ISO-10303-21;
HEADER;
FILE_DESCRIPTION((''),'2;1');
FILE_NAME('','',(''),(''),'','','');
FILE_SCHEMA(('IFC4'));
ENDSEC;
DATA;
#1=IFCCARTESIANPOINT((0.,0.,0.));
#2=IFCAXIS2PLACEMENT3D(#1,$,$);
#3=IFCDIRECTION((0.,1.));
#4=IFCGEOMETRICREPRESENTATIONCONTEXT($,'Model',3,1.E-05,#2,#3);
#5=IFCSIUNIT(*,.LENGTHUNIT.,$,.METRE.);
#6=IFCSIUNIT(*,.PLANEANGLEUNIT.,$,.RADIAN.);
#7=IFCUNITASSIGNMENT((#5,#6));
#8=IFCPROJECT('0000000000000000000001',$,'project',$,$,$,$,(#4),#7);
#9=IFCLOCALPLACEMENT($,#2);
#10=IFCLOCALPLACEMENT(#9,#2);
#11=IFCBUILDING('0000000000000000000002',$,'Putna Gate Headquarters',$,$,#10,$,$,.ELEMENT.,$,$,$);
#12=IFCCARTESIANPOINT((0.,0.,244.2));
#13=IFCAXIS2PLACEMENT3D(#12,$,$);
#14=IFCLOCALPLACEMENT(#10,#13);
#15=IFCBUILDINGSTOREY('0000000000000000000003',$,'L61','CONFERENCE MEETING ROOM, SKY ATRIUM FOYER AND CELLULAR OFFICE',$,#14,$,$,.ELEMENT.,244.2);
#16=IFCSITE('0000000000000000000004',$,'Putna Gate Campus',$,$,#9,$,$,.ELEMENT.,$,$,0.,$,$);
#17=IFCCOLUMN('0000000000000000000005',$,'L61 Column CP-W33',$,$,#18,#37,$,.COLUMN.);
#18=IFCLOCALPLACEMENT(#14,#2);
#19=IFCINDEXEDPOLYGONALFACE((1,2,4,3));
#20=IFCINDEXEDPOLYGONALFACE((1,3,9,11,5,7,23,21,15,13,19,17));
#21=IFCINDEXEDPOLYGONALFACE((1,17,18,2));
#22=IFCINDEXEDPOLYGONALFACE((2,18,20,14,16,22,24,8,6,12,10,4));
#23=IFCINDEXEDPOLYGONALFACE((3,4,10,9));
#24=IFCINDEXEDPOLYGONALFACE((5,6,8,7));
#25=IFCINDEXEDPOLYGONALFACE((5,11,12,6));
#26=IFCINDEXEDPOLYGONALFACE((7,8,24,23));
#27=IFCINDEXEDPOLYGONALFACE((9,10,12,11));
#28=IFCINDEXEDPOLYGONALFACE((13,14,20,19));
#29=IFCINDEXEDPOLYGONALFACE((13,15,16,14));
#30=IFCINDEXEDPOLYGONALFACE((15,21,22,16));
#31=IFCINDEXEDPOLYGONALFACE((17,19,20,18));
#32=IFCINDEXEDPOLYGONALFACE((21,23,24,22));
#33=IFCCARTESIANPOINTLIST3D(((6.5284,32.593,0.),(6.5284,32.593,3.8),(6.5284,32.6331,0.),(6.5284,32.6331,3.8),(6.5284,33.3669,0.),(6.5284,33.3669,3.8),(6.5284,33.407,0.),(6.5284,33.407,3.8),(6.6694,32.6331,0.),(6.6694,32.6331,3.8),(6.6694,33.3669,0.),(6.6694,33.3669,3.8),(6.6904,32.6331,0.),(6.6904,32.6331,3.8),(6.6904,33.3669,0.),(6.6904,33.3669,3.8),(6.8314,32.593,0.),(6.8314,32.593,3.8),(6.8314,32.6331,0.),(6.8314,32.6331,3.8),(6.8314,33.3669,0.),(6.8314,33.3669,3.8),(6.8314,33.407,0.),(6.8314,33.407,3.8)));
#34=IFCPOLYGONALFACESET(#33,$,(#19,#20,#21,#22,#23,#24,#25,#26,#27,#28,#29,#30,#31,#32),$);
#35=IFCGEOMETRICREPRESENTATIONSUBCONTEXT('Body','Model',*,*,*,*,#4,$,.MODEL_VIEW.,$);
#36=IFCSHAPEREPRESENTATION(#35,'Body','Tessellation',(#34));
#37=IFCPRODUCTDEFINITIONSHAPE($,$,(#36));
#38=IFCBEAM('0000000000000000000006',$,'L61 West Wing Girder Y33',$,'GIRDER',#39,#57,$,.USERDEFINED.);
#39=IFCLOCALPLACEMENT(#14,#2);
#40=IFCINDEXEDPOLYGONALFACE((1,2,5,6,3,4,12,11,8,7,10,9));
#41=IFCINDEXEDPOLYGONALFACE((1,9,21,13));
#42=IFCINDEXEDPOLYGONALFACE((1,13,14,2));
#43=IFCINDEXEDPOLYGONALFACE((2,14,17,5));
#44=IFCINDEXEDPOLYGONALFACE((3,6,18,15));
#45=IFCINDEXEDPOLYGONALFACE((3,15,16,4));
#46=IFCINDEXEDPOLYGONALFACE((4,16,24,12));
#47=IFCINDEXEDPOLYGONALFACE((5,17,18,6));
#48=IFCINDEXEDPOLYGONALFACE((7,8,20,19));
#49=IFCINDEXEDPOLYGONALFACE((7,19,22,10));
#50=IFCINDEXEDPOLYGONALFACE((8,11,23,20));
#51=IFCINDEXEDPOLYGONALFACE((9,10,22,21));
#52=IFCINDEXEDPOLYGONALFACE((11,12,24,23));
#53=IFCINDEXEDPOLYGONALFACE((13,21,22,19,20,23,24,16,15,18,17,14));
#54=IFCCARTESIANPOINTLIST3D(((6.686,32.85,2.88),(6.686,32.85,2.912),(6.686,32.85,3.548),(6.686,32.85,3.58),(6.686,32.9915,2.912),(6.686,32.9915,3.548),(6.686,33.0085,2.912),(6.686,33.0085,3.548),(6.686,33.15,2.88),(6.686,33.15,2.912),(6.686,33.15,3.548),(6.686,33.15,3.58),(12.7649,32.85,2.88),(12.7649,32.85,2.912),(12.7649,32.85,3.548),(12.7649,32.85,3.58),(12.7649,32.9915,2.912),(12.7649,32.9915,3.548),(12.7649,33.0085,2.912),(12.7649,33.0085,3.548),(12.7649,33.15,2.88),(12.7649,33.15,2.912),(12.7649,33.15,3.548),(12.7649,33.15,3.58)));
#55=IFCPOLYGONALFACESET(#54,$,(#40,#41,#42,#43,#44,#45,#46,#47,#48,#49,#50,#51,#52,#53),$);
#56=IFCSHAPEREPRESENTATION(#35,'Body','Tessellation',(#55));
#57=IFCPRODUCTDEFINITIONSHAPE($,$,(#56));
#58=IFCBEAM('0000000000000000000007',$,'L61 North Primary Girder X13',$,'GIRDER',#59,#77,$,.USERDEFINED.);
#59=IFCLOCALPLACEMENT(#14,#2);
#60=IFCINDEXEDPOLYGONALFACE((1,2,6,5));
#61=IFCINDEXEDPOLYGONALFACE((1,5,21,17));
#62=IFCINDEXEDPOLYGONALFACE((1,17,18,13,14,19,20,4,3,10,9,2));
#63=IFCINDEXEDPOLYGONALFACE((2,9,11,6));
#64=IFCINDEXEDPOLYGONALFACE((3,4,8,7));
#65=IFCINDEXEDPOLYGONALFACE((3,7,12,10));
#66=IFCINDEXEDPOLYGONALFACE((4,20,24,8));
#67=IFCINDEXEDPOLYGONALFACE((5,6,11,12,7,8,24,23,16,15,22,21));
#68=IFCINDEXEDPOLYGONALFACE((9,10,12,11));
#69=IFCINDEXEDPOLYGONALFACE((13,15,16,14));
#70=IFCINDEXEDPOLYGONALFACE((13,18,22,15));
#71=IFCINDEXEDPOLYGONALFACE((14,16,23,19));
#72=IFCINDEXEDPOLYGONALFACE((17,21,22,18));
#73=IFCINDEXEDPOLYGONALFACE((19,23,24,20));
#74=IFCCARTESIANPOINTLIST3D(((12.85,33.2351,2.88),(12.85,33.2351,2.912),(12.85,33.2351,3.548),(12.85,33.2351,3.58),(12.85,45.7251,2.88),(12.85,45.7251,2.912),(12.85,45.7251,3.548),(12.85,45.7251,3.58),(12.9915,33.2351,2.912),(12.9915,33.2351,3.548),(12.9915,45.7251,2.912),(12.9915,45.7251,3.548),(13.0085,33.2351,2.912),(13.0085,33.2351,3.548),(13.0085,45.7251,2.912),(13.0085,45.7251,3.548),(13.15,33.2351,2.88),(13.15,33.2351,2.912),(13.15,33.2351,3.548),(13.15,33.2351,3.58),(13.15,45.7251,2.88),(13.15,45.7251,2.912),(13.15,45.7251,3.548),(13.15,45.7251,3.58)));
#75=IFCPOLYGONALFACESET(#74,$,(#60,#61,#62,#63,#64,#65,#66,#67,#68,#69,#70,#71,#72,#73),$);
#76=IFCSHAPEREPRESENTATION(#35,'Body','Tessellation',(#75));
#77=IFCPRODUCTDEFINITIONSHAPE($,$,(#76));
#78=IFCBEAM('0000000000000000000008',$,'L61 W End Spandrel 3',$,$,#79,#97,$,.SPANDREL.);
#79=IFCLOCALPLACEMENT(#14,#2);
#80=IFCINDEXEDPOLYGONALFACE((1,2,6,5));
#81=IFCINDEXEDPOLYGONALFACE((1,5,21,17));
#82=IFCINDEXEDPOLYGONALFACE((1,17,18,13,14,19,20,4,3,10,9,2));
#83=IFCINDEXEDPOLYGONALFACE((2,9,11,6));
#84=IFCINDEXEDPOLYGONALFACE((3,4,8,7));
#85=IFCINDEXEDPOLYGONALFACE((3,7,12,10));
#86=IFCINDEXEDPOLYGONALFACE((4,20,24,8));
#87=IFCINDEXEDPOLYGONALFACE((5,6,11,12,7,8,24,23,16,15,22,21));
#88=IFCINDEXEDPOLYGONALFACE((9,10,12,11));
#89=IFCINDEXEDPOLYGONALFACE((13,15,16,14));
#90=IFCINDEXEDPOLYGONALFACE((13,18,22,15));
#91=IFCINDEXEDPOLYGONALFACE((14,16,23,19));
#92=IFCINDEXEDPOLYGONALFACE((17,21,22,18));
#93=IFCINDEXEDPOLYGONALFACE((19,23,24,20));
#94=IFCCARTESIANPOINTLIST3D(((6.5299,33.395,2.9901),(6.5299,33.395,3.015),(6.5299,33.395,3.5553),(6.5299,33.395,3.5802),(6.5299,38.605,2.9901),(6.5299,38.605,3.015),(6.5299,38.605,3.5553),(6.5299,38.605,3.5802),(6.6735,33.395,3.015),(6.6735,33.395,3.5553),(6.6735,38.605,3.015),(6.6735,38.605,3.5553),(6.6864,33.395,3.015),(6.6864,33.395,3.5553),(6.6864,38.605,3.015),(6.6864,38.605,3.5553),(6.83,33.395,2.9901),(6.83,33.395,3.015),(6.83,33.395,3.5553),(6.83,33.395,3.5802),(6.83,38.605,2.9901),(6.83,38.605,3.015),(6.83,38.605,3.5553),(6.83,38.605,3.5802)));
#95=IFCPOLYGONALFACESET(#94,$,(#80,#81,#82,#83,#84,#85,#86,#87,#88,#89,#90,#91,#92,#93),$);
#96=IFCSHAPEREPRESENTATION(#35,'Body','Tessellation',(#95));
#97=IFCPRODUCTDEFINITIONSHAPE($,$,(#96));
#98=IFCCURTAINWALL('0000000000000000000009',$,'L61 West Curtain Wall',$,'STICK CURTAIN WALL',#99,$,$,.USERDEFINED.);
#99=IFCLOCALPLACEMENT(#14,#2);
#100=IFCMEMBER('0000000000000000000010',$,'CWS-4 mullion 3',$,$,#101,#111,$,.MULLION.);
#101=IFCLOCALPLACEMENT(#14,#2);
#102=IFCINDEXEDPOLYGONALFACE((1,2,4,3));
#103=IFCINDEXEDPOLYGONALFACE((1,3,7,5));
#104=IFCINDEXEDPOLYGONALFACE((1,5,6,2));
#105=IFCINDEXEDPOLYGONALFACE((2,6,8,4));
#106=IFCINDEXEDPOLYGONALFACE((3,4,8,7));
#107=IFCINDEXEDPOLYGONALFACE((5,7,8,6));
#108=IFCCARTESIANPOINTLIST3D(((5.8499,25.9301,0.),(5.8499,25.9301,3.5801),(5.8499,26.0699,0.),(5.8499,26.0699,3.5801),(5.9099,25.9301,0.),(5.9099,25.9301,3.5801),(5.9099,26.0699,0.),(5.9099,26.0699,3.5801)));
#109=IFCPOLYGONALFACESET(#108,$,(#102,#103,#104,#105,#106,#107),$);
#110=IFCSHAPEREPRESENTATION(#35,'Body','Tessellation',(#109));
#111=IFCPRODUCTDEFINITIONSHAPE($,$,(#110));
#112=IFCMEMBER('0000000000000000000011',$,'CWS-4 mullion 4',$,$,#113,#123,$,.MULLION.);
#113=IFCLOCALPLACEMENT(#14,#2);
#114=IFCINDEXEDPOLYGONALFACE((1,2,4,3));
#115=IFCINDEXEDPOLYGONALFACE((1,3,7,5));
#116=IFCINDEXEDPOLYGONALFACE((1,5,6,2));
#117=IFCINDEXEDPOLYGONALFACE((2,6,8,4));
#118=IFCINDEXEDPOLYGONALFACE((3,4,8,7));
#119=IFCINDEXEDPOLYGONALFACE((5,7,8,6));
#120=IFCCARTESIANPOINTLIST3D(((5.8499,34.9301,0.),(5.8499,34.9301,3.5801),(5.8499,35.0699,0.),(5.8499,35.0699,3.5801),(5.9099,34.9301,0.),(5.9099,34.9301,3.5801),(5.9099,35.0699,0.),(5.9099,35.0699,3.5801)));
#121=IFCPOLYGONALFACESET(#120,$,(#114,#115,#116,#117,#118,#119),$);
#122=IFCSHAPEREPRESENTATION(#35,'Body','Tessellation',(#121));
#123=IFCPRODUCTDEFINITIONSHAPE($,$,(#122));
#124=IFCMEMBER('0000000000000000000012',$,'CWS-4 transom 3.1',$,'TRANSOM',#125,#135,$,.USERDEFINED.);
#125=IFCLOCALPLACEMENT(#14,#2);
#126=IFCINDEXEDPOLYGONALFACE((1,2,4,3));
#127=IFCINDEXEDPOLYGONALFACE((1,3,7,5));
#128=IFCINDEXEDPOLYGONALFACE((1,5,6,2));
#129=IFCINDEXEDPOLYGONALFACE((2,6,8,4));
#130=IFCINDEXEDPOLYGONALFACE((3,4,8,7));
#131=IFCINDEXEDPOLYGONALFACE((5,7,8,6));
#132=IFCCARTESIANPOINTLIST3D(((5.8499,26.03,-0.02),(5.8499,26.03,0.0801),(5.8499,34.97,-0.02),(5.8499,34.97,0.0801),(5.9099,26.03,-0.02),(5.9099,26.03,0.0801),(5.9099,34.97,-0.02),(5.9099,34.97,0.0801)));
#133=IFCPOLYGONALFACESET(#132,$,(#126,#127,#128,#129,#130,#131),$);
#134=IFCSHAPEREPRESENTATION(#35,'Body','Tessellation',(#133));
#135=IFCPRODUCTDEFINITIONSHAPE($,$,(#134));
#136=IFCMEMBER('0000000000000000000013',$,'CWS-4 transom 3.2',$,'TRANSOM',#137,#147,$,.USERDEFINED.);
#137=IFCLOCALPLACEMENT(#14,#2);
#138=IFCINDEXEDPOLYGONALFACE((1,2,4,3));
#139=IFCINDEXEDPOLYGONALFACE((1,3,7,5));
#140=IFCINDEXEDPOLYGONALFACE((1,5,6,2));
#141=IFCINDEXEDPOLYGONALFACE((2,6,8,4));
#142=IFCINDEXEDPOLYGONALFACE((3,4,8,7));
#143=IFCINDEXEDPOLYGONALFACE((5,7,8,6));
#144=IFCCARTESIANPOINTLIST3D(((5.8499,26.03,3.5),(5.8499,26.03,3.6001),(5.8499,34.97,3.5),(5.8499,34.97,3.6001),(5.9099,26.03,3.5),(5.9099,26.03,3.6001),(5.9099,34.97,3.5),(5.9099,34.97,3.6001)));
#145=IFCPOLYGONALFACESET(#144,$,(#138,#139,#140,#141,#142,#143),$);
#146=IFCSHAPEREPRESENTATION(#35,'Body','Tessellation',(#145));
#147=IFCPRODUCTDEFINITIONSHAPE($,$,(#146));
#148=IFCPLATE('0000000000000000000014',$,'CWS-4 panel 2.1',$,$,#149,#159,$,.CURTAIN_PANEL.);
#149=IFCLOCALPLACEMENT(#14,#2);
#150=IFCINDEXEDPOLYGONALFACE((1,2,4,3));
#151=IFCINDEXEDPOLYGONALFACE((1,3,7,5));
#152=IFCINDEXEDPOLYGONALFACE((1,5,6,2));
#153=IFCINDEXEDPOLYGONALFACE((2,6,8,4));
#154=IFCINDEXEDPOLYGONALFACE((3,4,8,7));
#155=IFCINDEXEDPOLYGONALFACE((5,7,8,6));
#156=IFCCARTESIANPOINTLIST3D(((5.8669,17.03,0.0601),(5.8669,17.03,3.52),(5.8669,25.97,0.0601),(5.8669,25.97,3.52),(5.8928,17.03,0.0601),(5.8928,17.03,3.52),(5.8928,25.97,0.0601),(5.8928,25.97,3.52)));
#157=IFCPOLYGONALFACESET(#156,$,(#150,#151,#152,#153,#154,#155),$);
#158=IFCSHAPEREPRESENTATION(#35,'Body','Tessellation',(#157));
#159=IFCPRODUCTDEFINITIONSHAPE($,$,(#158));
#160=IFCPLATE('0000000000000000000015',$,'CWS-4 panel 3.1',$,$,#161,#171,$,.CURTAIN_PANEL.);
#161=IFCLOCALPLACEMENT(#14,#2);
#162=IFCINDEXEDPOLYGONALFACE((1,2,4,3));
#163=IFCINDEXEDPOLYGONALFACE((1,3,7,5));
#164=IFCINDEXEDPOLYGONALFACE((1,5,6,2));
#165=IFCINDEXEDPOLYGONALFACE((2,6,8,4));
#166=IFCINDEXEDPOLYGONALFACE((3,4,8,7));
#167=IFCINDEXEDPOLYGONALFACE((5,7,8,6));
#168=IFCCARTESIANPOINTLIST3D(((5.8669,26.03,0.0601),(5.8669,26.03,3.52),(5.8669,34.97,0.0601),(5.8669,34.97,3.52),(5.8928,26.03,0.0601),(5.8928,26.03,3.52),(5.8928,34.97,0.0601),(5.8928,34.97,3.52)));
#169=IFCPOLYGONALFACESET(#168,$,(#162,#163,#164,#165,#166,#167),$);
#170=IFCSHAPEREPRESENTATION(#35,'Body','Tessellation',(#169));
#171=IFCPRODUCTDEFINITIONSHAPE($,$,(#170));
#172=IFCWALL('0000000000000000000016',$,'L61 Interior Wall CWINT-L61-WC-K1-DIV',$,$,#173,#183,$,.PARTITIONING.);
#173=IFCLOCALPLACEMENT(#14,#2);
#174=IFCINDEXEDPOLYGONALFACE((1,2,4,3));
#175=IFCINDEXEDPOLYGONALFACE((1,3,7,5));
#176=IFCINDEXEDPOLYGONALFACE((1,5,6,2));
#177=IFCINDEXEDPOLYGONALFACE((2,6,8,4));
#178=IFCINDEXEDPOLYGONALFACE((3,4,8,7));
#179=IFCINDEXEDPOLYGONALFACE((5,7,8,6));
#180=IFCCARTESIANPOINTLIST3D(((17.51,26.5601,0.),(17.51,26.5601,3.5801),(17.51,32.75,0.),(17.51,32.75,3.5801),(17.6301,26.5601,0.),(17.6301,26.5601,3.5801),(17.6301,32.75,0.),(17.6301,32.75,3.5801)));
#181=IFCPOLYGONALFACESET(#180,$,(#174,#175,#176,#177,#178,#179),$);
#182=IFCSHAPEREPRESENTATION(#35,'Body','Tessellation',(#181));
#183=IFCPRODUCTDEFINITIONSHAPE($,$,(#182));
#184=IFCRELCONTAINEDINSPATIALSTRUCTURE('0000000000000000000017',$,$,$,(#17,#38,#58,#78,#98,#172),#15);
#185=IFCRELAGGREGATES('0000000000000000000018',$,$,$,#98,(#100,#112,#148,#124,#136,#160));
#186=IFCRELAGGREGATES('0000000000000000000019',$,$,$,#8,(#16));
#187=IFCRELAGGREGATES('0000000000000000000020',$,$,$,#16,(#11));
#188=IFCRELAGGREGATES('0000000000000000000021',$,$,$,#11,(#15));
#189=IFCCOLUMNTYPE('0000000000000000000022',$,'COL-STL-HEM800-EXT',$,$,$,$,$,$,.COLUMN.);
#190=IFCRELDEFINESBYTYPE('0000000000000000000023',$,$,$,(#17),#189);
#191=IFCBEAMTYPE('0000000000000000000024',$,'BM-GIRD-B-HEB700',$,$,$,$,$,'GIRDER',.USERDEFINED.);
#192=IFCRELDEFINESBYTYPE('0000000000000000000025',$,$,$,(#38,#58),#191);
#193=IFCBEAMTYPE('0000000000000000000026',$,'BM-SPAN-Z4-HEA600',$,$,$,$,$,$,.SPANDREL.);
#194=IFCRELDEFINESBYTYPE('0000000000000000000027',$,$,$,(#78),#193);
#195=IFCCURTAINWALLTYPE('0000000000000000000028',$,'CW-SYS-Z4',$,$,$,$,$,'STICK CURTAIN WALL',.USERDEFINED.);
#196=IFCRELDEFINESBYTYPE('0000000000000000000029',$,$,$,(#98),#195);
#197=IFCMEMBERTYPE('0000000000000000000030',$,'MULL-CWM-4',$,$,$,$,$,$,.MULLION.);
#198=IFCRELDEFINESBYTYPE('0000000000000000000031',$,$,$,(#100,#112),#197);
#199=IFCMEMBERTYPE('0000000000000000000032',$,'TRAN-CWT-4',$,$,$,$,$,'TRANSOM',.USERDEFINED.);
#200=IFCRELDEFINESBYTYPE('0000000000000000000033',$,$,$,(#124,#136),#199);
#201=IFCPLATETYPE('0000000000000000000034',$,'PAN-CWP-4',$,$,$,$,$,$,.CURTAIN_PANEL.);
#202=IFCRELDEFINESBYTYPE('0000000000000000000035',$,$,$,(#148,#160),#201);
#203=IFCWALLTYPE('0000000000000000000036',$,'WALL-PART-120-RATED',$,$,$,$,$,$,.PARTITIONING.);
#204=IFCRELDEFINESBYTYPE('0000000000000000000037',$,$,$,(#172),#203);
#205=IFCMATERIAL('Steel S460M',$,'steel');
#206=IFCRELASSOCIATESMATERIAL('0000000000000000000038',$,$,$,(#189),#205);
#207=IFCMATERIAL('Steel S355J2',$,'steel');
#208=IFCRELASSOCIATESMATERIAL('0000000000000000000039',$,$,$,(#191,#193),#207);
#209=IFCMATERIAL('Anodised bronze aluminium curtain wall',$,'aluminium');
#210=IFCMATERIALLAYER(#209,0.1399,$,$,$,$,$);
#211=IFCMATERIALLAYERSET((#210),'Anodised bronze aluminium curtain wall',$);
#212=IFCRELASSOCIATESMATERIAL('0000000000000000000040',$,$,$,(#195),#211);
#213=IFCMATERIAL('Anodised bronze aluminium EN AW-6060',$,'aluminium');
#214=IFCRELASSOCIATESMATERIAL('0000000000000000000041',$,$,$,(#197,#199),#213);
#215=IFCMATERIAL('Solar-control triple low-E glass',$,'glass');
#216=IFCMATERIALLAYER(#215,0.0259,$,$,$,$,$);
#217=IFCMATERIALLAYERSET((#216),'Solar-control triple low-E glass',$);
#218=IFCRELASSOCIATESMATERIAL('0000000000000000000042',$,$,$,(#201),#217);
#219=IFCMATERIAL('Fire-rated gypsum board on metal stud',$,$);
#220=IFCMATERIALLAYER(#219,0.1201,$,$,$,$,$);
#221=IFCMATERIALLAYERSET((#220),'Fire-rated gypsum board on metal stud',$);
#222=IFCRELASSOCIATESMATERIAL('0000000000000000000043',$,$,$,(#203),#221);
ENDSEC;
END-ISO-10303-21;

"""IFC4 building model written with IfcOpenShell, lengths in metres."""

from ifc_helpers import new_model, si_unit, direction, frame, frame_2d, origin, origin_2d, place, context, subcontext, project, spatial, rectangle, i_section, extrude, material, layer, layer_set, material_profile, profile_set, type_object, element, aggregate, save


model = new_model("IFC4")

# Units and contexts
model_context = context("Model", 3, precision=1e-05, world=origin(), true_north=direction((0.0, 1.0)))
body_context = subcontext(model_context, "Body", "Model", "MODEL_VIEW")
ifc_project = project(units=[si_unit("LENGTHUNIT", "METRE"), si_unit("PLANEANGLEUNIT", "RADIAN")], contexts=[model_context])

# Site, building, storey
site_placement = place(None, origin())
site = spatial("IfcSite", under=ifc_project, at=site_placement, Name="Putna Gate Campus", CompositionType="ELEMENT", RefElevation=0.0)
building_placement = place(site_placement, origin())
building = spatial("IfcBuilding", under=site, at=building_placement, Name="Putna Gate Headquarters", CompositionType="ELEMENT")
storey_placement = place(building_placement, frame((0.0, 0.0, 244.2)))
storey = spatial("IfcBuildingStorey", under=building, at=storey_placement, Name="L61", Description="CONFERENCE MEETING ROOM, SKY ATRIUM FOYER AND CELLULAR OFFICE", CompositionType="ELEMENT", Elevation=244.2)

# Column
ifc_material_1 = material(Name="Steel S460M", Category="steel")
ifc_material_profile_1 = material_profile(ifc_material_1, i_section(OverallWidth=0.303, OverallDepth=0.814, WebThickness=0.021, FlangeThickness=0.04, at=origin_2d()), Name="Steel S460M")
ifc_profile_set_1 = profile_set([ifc_material_profile_1], Name="Steel S460M")
column_type = type_object("IfcColumnType", Name="COL-STL-HEM800-EXT", PredefinedType="COLUMN", material=ifc_profile_set_1)
column_placement = place(storey_placement, frame((6.6799, 33.0, 0.0), z_axis=(0.0, 0.0, 1.0), x_axis=(1.0, 0.0, 0.0)))
element("IfcColumn", 1, at=column_placement, inside=storey, type_object=column_type, Name="L61 Column CP-W33", PredefinedType="COLUMN", context=body_context, shape_type="SweptSolid", body=[
    extrude(i_section(OverallWidth=0.303, OverallDepth=0.814, WebThickness=0.021, FlangeThickness=0.04, at=origin_2d()), origin(), (0.0, 0.0, 1.0), 3.8),
])

# Beams
ifc_material_2 = material(Name="Steel S355J2", Category="steel")
ifc_material_profile_2 = material_profile(ifc_material_2, i_section(OverallWidth=0.3, OverallDepth=0.7, WebThickness=0.0171, FlangeThickness=0.032, at=origin_2d()), Name="Steel S355J2")
ifc_profile_set_2 = profile_set([ifc_material_profile_2], Name="Steel S355J2")
beam_type_1 = type_object("IfcBeamType", Name="BM-GIRD-B-HEB700", ElementType="GIRDER", PredefinedType="USERDEFINED", material=ifc_profile_set_2)
beam_1_placement = place(storey_placement, frame((6.686, 33.0, 3.23), z_axis=(1.0, 0.0, 0.0), x_axis=(0.0, 1.0, 0.0)))
element("IfcBeam", 2, at=beam_1_placement, inside=storey, type_object=beam_type_1, Name="L61 West Wing Girder Y33", ObjectType="GIRDER", PredefinedType="USERDEFINED", context=body_context, shape_type="SweptSolid", body=[
    extrude(i_section(OverallWidth=0.3, OverallDepth=0.7, WebThickness=0.0171, FlangeThickness=0.032, at=origin_2d()), origin(), (0.0, 0.0, 1.0), 6.0789),
])
beam_2_placement = place(storey_placement, frame((13.0, 33.2351, 3.23), z_axis=(0.0, 1.0, 0.0), x_axis=(-1.0, 0.0, 0.0)))
element("IfcBeam", 3, at=beam_2_placement, inside=storey, type_object=beam_type_1, Name="L61 North Primary Girder X13", ObjectType="GIRDER", PredefinedType="USERDEFINED", context=body_context, shape_type="SweptSolid", body=[
    extrude(i_section(OverallWidth=0.3, OverallDepth=0.7, WebThickness=0.0171, FlangeThickness=0.032, at=origin_2d()), origin(), (0.0, 0.0, 1.0), 12.49),
])
ifc_material_profile_3 = material_profile(ifc_material_2, i_section(OverallWidth=0.3, OverallDepth=0.5901, WebThickness=0.0129, FlangeThickness=0.0249, at=origin_2d()), Name="Steel S355J2")
ifc_profile_set_3 = profile_set([ifc_material_profile_3], Name="Steel S355J2")
beam_type_2 = type_object("IfcBeamType", Name="BM-SPAN-Z4-HEA600", PredefinedType="SPANDREL", material=ifc_profile_set_3)
beam_3_placement = place(storey_placement, frame((6.6799, 33.395, 3.2852), z_axis=(0.0, 1.0, 0.0), x_axis=(-1.0, 0.0, 0.0)))
element("IfcBeam", 4, at=beam_3_placement, inside=storey, type_object=beam_type_2, Name="L61 W End Spandrel 3", PredefinedType="SPANDREL", context=body_context, shape_type="SweptSolid", body=[
    extrude(i_section(OverallWidth=0.3, OverallDepth=0.5901, WebThickness=0.0129, FlangeThickness=0.0249, at=origin_2d()), origin(), (0.0, 0.0, 1.0), 5.21),
])

# Curtain wall, members, plates
ifc_material_3 = material(Name="Anodised bronze aluminium curtain wall", Category="aluminium")
ifc_layer_1 = layer(ifc_material_3, 0.1399)
ifc_layer_set_1 = layer_set([ifc_layer_1], Name="Anodised bronze aluminium curtain wall")
curtain_wall_type = type_object("IfcCurtainWallType", Name="CW-SYS-Z4", ElementType="STICK CURTAIN WALL", PredefinedType="USERDEFINED", material=ifc_layer_set_1)
curtain_wall_placement = place(storey_placement, origin())
curtain_wall = element("IfcCurtainWall", 5, at=curtain_wall_placement, inside=storey, type_object=curtain_wall_type, Name="L61 West Curtain Wall", ObjectType="STICK CURTAIN WALL", PredefinedType="USERDEFINED")
ifc_material_4 = material(Name="Anodised bronze aluminium EN AW-6060", Category="aluminium")
ifc_material_profile_4 = material_profile(ifc_material_4, rectangle(XDim=0.0601, YDim=0.1399, at=origin_2d()), Name="Anodised bronze aluminium EN AW-6060")
ifc_profile_set_4 = profile_set([ifc_material_profile_4], Name="Anodised bronze aluminium EN AW-6060")
member_type_1 = type_object("IfcMemberType", Name="MULL-CWM-4", PredefinedType="MULLION", material=ifc_profile_set_4)
member_1_placement = place(storey_placement, frame((5.8799, 26.0, 0.0), z_axis=(0.0, 0.0, 1.0), x_axis=(-1.0, 0.0, 0.0)))
member_1 = element("IfcMember", 6, at=member_1_placement, type_object=member_type_1, Name="CWS-4 mullion 3", PredefinedType="MULLION", context=body_context, shape_type="SweptSolid", body=[
    extrude(rectangle(XDim=0.0601, YDim=0.1399, at=origin_2d()), origin(), (0.0, 0.0, 1.0), 3.5801),
])
member_2_placement = place(storey_placement, frame((5.8799, 35.0, 0.0), z_axis=(0.0, 0.0, 1.0), x_axis=(-1.0, 0.0, 0.0)))
member_2 = element("IfcMember", 7, at=member_2_placement, type_object=member_type_1, Name="CWS-4 mullion 4", PredefinedType="MULLION", context=body_context, shape_type="SweptSolid", body=[
    extrude(rectangle(XDim=0.0601, YDim=0.1399, at=origin_2d()), origin(), (0.0, 0.0, 1.0), 3.5801),
])
ifc_material_profile_5 = material_profile(ifc_material_4, rectangle(XDim=0.0601, YDim=0.1001, at=origin_2d()), Name="Anodised bronze aluminium EN AW-6060")
ifc_profile_set_5 = profile_set([ifc_material_profile_5], Name="Anodised bronze aluminium EN AW-6060")
member_type_2 = type_object("IfcMemberType", Name="TRAN-CWT-4", ElementType="TRANSOM", PredefinedType="USERDEFINED", material=ifc_profile_set_5)
member_3_placement = place(storey_placement, frame((5.8799, 26.03, 0.03), z_axis=(0.0, 1.0, 0.0), x_axis=(-1.0, 0.0, 0.0)))
member_3 = element("IfcMember", 8, at=member_3_placement, type_object=member_type_2, Name="CWS-4 transom 3.1", ObjectType="TRANSOM", PredefinedType="USERDEFINED", context=body_context, shape_type="SweptSolid", body=[
    extrude(rectangle(XDim=0.0601, YDim=0.1001, at=origin_2d()), origin(), (0.0, 0.0, 1.0), 8.9399),
])
member_4_placement = place(storey_placement, frame((5.8799, 26.03, 3.55), z_axis=(0.0, 1.0, 0.0), x_axis=(-1.0, 0.0, 0.0)))
member_4 = element("IfcMember", 9, at=member_4_placement, type_object=member_type_2, Name="CWS-4 transom 3.2", ObjectType="TRANSOM", PredefinedType="USERDEFINED", context=body_context, shape_type="SweptSolid", body=[
    extrude(rectangle(XDim=0.0601, YDim=0.1001, at=origin_2d()), origin(), (0.0, 0.0, 1.0), 8.9399),
])
ifc_material_5 = material(Name="Solar-control triple low-E glass", Category="glass")
ifc_layer_2 = layer(ifc_material_5, 0.0259)
ifc_layer_set_2 = layer_set([ifc_layer_2], Name="Solar-control triple low-E glass")
plate_type = type_object("IfcPlateType", Name="PAN-CWP-4", PredefinedType="CURTAIN_PANEL", material=ifc_layer_set_2)
plate_1_placement = place(storey_placement, frame((5.8799, 21.5, 0.0601), z_axis=(0.0, 0.0, 1.0), x_axis=(0.0, 1.0, 0.0)))
plate_1 = element("IfcPlate", 10, at=plate_1_placement, type_object=plate_type, Name="CWS-4 panel 2.1", PredefinedType="CURTAIN_PANEL", context=body_context, shape_type="SweptSolid", body=[
    extrude(rectangle(XDim=8.9399, YDim=0.0259, at=origin_2d()), origin(), (0.0, 0.0, 1.0), 3.46),
])
plate_2_placement = place(storey_placement, frame((5.8799, 30.5, 0.0601), z_axis=(0.0, 0.0, 1.0), x_axis=(0.0, 1.0, 0.0)))
plate_2 = element("IfcPlate", 11, at=plate_2_placement, type_object=plate_type, Name="CWS-4 panel 3.1", PredefinedType="CURTAIN_PANEL", context=body_context, shape_type="SweptSolid", body=[
    extrude(rectangle(XDim=8.9399, YDim=0.0259, at=origin_2d()), origin(), (0.0, 0.0, 1.0), 3.46),
])
aggregate(curtain_wall, [member_1, member_2, plate_1, member_3, member_4, plate_2])

# Wall
ifc_material_6 = material(Name="Fire-rated gypsum board on metal stud")
ifc_layer_3 = layer(ifc_material_6, 0.1201)
ifc_layer_set_3 = layer_set([ifc_layer_3], Name="Fire-rated gypsum board on metal stud")
wall_type_1 = type_object("IfcWallType", Name="WALL-PART-120-RATED", PredefinedType="PARTITIONING", material=ifc_layer_set_3)
wall_1_placement = place(storey_placement, frame((17.5701, 26.5601, 0.0), z_axis=(0.0, 0.0, 1.0), x_axis=(0.0, 1.0, 0.0)))
element("IfcWall", 12, at=wall_1_placement, inside=storey, type_object=wall_type_1, Name="L61 Interior Wall CWINT-L61-WC-K1-DIV", PredefinedType="PARTITIONING", context=body_context, shape_type="SweptSolid", body=[
    extrude(rectangle(XDim=6.1899, YDim=0.1201, at=frame_2d((3.095, 0.0))), origin(), (0.0, 0.0, 1.0), 3.5801),
])

save(model, "model.ifc")
